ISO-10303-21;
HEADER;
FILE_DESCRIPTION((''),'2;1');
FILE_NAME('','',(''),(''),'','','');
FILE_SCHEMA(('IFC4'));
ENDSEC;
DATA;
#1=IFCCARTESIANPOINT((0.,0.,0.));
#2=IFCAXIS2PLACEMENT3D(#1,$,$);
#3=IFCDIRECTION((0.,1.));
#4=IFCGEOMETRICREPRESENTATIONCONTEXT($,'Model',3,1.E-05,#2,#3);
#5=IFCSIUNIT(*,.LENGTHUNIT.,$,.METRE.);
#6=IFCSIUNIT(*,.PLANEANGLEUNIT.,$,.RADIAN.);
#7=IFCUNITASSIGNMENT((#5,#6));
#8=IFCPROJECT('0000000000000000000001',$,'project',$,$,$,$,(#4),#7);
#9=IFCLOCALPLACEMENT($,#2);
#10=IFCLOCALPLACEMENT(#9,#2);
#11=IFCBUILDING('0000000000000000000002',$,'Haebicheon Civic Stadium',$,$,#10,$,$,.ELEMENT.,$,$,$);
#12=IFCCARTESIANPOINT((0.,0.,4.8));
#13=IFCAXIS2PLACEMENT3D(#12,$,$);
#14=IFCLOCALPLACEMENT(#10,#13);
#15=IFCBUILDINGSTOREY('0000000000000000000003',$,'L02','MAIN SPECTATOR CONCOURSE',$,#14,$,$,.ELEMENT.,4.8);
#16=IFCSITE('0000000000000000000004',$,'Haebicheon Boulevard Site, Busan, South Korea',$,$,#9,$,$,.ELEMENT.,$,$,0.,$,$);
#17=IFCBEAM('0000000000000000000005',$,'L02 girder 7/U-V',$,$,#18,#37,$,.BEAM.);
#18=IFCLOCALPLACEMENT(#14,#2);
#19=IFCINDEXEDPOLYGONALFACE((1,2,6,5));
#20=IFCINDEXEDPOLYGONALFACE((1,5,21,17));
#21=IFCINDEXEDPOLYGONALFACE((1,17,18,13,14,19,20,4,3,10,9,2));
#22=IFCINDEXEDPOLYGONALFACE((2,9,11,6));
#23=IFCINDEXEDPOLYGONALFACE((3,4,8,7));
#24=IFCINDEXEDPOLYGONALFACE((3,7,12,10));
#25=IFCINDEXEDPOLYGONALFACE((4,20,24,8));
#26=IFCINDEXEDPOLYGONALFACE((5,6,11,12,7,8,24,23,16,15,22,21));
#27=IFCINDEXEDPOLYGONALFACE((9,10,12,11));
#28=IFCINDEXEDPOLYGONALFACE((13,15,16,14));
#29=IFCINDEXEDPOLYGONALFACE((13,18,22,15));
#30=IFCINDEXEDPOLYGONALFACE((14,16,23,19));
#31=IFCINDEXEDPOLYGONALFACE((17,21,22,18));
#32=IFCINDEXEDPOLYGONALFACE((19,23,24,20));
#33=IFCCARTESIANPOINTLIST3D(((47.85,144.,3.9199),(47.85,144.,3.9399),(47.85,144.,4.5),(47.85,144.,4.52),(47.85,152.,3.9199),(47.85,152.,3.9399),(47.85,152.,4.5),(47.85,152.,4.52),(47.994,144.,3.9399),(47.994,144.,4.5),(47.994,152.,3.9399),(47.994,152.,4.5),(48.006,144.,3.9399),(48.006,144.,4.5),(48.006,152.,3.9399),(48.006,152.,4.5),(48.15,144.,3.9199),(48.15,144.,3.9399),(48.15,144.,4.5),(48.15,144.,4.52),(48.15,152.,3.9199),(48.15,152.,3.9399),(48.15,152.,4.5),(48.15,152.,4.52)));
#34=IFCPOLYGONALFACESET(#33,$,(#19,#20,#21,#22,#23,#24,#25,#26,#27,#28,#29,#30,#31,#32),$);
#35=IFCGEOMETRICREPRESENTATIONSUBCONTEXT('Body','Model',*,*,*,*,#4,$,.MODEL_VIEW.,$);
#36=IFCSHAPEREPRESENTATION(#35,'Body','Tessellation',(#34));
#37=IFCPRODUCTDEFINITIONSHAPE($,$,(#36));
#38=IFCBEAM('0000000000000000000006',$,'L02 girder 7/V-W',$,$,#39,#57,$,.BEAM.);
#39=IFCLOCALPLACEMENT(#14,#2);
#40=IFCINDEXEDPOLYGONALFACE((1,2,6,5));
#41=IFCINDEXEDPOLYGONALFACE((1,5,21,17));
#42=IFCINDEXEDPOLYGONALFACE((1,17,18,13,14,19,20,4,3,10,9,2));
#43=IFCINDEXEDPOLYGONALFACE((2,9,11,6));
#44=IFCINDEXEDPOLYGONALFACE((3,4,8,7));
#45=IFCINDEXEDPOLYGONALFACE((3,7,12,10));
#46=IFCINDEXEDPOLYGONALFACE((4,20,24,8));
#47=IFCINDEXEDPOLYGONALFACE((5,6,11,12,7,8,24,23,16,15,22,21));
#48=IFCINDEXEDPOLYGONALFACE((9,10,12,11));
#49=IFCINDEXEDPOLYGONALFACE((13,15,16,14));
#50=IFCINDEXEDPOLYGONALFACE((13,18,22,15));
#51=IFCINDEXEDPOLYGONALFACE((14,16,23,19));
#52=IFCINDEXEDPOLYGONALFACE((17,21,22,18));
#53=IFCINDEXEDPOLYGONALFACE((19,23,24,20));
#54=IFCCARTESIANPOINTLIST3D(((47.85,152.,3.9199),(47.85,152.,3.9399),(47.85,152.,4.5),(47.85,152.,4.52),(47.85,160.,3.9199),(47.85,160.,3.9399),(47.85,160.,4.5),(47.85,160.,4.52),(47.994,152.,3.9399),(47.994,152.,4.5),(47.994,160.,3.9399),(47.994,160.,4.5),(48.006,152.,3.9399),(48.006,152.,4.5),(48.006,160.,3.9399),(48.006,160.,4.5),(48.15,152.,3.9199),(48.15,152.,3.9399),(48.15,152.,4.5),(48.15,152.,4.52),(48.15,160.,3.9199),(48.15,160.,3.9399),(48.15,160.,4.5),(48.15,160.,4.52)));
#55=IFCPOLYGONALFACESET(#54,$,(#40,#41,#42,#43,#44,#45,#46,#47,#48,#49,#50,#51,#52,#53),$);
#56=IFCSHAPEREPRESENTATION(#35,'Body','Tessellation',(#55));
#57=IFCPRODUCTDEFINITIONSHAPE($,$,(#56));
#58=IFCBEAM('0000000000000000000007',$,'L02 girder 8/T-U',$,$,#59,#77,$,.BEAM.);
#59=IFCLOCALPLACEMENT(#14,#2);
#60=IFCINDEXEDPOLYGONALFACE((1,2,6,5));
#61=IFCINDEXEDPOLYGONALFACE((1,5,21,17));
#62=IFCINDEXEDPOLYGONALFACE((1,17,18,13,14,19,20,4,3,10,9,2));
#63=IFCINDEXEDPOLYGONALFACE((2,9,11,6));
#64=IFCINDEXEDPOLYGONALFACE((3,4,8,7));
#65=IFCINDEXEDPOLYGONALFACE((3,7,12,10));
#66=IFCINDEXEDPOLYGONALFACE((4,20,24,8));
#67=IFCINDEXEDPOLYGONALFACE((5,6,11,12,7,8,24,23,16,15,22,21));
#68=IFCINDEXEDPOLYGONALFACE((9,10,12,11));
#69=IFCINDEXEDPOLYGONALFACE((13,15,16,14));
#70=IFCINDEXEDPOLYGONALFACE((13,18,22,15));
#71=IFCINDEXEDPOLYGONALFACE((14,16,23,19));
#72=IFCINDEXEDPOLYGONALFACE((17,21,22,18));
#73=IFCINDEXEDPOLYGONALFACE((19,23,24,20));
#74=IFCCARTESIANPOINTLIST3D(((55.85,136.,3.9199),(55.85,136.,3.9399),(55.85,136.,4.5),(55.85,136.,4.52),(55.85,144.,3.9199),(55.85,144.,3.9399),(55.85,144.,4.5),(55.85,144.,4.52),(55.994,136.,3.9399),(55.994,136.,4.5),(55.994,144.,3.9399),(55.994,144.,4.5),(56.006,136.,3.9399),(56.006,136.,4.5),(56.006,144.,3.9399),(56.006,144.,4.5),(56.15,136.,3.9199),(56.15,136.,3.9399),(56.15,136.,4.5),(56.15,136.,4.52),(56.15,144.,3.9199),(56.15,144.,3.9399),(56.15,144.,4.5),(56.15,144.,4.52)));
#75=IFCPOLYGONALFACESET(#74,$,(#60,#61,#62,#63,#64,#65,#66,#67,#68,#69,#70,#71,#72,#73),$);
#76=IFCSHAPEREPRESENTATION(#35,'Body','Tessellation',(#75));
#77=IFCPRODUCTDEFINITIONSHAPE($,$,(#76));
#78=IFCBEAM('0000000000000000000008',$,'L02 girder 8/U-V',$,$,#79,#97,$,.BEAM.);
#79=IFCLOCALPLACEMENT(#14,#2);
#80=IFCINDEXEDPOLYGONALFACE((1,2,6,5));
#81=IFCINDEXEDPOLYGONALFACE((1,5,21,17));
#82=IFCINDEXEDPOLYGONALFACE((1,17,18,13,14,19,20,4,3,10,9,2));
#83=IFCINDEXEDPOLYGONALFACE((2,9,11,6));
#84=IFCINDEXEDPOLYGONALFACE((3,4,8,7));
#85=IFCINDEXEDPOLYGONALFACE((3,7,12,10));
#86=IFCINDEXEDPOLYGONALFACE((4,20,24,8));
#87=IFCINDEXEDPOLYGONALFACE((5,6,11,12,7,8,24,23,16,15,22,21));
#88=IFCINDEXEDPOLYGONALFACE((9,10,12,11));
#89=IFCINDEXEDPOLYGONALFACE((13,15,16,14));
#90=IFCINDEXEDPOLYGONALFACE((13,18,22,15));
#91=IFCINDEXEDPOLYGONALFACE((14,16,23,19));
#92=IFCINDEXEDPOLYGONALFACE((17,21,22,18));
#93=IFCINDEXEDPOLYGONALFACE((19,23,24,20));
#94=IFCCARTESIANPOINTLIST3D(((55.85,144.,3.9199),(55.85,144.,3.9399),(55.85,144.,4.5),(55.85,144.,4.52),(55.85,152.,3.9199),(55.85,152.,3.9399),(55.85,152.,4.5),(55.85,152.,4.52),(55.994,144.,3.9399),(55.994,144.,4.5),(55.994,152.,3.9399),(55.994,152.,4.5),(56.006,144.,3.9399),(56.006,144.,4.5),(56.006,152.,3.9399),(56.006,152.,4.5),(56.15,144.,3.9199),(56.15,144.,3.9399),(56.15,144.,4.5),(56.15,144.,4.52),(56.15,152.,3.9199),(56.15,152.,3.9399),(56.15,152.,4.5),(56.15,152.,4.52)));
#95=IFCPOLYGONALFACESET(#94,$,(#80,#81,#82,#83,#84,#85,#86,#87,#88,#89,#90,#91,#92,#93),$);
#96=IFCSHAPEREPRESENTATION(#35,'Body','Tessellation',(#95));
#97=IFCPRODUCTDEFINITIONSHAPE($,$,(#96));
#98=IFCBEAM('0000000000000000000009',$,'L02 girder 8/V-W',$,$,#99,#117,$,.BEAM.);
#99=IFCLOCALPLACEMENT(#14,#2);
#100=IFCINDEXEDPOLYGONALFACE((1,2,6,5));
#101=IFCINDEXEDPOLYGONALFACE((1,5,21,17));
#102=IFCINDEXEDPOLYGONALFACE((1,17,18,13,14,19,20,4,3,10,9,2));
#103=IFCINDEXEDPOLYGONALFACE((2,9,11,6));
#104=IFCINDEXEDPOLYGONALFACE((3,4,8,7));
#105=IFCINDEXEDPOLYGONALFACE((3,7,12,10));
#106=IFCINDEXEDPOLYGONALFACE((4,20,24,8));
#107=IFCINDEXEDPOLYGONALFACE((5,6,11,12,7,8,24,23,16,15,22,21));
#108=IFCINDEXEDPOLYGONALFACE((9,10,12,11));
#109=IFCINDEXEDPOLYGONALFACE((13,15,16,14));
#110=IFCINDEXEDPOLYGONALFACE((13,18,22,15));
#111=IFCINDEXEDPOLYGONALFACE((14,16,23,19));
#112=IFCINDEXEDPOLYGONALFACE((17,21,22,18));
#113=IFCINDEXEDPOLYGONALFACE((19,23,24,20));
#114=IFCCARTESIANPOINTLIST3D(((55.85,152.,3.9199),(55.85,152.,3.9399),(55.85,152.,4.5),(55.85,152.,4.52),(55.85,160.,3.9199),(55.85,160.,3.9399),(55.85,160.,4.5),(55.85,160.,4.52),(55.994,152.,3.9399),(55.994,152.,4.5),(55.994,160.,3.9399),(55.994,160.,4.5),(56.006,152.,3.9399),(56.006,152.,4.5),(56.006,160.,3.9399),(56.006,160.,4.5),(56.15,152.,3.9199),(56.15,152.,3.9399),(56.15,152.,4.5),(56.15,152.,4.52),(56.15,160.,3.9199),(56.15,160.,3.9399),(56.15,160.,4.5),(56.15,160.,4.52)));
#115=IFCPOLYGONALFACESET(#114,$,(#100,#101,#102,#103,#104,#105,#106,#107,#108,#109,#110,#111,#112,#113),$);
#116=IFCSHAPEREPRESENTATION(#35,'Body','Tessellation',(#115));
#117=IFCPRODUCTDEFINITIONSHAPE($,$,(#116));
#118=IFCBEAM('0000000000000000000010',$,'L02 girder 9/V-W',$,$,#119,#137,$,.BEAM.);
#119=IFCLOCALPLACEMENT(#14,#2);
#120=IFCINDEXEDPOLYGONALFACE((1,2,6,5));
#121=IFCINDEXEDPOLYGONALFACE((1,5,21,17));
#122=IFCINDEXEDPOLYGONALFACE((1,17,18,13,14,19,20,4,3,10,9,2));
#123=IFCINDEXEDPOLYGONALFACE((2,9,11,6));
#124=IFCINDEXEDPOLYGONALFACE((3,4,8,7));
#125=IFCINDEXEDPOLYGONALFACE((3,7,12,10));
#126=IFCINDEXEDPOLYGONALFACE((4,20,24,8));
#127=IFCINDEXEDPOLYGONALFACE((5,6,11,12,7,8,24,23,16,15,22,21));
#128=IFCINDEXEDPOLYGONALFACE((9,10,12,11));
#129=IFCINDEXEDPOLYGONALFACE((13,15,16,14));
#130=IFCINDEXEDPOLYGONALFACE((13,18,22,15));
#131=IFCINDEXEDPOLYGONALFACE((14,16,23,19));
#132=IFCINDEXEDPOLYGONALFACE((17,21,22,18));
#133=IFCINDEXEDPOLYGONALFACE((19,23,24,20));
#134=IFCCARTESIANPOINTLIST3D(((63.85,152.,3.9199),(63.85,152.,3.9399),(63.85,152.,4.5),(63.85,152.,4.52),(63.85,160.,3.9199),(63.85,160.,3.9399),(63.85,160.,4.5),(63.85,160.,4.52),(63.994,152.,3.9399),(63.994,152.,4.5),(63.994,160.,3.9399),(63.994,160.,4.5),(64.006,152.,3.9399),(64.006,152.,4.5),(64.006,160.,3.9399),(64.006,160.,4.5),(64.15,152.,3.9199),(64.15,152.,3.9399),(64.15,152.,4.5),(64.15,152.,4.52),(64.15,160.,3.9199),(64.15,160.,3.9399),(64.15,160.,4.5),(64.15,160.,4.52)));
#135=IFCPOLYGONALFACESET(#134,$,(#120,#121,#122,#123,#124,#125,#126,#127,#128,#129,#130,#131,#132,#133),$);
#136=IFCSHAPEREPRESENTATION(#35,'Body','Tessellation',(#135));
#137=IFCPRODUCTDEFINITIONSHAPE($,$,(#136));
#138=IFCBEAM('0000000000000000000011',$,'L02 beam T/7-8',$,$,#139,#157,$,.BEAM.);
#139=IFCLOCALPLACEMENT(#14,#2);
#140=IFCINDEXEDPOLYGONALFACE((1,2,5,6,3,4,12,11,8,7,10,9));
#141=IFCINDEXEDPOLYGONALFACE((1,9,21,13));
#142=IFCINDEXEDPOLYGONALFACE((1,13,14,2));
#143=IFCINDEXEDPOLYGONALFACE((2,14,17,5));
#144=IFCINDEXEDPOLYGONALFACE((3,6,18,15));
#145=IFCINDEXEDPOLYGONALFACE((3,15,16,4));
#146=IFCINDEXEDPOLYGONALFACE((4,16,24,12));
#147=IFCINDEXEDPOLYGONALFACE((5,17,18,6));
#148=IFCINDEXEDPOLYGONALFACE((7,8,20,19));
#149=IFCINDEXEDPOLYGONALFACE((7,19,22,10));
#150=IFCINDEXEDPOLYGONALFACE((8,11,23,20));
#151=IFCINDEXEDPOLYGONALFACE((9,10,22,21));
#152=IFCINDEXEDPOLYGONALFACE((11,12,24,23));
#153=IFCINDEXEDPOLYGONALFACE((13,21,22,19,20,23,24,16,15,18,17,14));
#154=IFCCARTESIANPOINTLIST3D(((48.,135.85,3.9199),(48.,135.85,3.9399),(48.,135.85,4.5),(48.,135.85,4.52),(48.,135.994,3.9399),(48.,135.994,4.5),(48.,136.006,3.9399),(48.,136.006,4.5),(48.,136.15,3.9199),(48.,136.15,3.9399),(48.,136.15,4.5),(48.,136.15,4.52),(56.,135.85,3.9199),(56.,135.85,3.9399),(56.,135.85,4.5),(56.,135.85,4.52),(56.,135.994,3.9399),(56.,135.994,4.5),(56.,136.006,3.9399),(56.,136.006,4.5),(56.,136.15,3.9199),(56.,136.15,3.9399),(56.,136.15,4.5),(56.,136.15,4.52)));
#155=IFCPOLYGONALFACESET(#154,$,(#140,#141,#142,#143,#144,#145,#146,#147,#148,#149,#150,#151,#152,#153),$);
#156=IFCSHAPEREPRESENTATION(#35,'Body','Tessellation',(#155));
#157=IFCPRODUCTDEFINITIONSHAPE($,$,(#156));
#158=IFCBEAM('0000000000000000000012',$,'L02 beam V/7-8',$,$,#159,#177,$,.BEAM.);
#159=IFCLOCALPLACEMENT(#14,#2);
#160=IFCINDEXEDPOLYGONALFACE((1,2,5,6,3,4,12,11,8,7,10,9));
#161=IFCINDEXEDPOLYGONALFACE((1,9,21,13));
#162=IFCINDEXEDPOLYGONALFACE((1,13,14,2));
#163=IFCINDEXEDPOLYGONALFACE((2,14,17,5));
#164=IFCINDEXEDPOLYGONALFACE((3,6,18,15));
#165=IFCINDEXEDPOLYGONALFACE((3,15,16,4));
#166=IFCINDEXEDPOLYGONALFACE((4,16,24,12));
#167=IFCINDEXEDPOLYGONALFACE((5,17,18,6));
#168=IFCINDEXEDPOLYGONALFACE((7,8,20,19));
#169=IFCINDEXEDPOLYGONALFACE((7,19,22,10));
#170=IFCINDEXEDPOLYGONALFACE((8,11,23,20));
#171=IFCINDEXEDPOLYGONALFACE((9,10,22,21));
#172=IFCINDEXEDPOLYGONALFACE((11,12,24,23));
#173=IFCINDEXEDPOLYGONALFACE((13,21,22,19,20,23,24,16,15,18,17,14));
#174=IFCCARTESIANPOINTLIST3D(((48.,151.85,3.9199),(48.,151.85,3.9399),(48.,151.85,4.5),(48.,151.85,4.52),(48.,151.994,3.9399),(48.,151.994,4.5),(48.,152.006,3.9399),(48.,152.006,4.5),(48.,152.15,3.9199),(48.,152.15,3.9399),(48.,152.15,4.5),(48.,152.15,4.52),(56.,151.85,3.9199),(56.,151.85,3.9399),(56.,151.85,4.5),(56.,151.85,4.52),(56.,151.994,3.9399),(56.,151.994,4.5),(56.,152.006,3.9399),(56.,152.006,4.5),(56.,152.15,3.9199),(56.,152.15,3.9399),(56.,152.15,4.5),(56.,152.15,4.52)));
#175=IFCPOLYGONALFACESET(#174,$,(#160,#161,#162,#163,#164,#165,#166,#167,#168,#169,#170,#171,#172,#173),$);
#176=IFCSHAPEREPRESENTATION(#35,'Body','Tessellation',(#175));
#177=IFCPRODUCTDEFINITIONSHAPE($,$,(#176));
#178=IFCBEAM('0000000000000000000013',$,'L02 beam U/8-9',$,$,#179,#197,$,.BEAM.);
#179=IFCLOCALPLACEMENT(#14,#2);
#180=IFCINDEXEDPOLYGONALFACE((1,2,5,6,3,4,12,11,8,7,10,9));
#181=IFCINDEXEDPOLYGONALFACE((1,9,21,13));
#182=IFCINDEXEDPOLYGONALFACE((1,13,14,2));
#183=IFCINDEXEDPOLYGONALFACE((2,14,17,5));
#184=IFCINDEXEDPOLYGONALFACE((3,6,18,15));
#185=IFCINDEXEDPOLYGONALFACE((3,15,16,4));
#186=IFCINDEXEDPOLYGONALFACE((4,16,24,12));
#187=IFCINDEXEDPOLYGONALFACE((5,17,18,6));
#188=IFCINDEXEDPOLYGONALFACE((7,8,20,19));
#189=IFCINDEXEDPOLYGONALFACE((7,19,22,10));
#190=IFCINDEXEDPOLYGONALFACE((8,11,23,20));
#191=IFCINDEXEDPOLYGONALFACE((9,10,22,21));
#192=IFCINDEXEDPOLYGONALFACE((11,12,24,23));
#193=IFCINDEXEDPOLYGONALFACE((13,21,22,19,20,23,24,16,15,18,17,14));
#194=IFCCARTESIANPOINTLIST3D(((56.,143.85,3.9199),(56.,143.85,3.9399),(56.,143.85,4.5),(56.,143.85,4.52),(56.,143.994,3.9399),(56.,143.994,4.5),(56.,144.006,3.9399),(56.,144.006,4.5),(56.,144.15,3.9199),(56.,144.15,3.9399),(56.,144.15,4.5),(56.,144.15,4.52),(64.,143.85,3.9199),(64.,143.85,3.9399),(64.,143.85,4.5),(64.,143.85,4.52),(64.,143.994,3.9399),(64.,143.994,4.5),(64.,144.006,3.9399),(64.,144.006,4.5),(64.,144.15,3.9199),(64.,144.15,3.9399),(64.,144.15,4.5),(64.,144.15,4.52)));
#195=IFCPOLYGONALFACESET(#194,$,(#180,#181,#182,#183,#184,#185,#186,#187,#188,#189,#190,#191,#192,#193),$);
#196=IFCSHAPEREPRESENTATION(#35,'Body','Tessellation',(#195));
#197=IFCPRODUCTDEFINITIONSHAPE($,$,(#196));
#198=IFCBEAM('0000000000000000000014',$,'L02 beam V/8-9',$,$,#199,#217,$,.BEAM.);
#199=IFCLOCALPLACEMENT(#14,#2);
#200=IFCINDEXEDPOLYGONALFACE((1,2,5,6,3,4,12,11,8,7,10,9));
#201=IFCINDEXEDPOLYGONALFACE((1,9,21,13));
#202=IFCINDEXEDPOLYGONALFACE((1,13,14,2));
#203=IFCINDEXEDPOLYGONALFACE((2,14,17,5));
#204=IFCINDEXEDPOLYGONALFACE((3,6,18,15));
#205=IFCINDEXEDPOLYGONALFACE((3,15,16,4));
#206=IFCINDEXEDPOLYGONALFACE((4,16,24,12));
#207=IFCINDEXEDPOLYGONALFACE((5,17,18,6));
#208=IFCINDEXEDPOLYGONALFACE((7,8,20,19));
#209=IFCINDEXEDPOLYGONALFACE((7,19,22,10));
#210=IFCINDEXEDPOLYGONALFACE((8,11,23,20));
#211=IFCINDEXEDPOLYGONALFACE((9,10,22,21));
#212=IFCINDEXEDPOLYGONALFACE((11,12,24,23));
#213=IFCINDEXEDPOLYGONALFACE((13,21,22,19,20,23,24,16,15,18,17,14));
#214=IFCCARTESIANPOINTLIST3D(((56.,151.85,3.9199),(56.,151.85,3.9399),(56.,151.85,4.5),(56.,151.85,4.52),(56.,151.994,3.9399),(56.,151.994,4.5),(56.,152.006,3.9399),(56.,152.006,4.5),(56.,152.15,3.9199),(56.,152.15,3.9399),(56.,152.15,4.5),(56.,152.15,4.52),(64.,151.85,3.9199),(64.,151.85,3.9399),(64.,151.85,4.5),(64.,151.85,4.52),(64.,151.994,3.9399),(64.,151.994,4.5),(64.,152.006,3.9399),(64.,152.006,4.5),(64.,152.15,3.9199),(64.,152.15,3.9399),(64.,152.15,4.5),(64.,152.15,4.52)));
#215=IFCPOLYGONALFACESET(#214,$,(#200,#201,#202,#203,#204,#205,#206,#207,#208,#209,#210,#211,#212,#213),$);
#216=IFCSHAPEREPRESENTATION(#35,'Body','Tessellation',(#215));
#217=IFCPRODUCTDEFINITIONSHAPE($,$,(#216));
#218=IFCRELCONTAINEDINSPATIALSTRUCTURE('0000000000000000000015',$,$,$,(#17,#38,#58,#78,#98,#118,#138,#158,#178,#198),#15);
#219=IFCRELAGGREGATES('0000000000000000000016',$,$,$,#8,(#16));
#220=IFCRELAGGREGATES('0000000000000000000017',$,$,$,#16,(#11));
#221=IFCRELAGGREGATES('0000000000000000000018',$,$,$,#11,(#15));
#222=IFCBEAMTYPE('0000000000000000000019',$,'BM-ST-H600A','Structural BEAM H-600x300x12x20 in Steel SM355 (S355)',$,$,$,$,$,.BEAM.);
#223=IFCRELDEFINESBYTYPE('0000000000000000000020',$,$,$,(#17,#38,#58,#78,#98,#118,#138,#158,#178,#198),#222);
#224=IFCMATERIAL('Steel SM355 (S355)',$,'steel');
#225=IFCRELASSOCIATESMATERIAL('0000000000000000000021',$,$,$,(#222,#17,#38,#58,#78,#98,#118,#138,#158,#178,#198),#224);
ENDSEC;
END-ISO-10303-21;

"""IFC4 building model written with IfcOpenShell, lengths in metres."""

from ifc_helpers import new_model, si_unit, direction, frame, origin, origin_2d, place, context, subcontext, project, spatial, i_section, extrude, material, material_profile, profile_set, type_object, element, save


model = new_model("IFC4")

# Units and contexts
model_context = context("Model", 3, precision=1e-05, world=origin(), true_north=direction((0.0, 1.0)))
body_context = subcontext(model_context, "Body", "Model", "MODEL_VIEW")
ifc_project = project(units=[si_unit("LENGTHUNIT", "METRE"), si_unit("PLANEANGLEUNIT", "RADIAN")], contexts=[model_context])

# Site, building, storey
site_placement = place(None, origin())
site = spatial("IfcSite", under=ifc_project, at=site_placement, Name="Haebicheon Boulevard Site, Busan, South Korea", CompositionType="ELEMENT", RefElevation=0.0)
building_placement = place(site_placement, origin())
building = spatial("IfcBuilding", under=site, at=building_placement, Name="Haebicheon Civic Stadium", CompositionType="ELEMENT")
storey_placement = place(building_placement, frame((0.0, 0.0, 4.8)))
storey = spatial("IfcBuildingStorey", under=building, at=storey_placement, Name="L02", Description="MAIN SPECTATOR CONCOURSE", CompositionType="ELEMENT", Elevation=4.8)

# Beams
ifc_material_1 = material(Name="Steel SM355 (S355)", Category="steel")
ifc_material_profile_1 = material_profile(ifc_material_1, i_section(OverallWidth=0.3, OverallDepth=0.6001, WebThickness=0.012, FlangeThickness=0.02, at=origin_2d()), Name="H-600x300x12x20")
ifc_profile_set_1 = profile_set([ifc_material_profile_1], Name="Steel SM355 (S355)")
beam_type_1 = type_object("IfcBeamType", Name="BM-ST-H600A", Description="Structural BEAM H-600x300x12x20 in Steel SM355 (S355)", PredefinedType="BEAM", material=ifc_profile_set_1)
for number, where, z_axis, x_axis, name in (
    (1, (48.0, 144.0, 4.22), (0.0, 1.0, 0.0), (-1.0, 0.0, 0.0), "L02 girder 7/U-V"),
    (2, (48.0, 152.0, 4.22), (0.0, 1.0, 0.0), (-1.0, 0.0, 0.0), "L02 girder 7/V-W"),
    (3, (56.0, 136.0, 4.22), (0.0, 1.0, 0.0), (-1.0, 0.0, 0.0), "L02 girder 8/T-U"),
    (4, (56.0, 144.0, 4.22), (0.0, 1.0, 0.0), (-1.0, 0.0, 0.0), "L02 girder 8/U-V"),
    (5, (56.0, 152.0, 4.22), (0.0, 1.0, 0.0), (-1.0, 0.0, 0.0), "L02 girder 8/V-W"),
    (6, (64.0, 152.0, 4.22), (0.0, 1.0, 0.0), (-1.0, 0.0, 0.0), "L02 girder 9/V-W"),
    (7, (48.0, 136.0, 4.22), (1.0, 0.0, 0.0), (0.0, 1.0, 0.0), "L02 beam T/7-8"),
    (8, (48.0, 152.0, 4.22), (1.0, 0.0, 0.0), (0.0, 1.0, 0.0), "L02 beam V/7-8"),
    (9, (56.0, 144.0, 4.22), (1.0, 0.0, 0.0), (0.0, 1.0, 0.0), "L02 beam U/8-9"),
    (10, (56.0, 152.0, 4.22), (1.0, 0.0, 0.0), (0.0, 1.0, 0.0), "L02 beam V/8-9"),
):
    element("IfcBeam", number, at=place(storey_placement, frame(where, z_axis=z_axis, x_axis=x_axis)), inside=storey, type_object=beam_type_1, material=ifc_profile_set_1, Name=name, PredefinedType="BEAM", context=body_context, shape_type="SweptSolid", body=[
        extrude(i_section(OverallWidth=0.3, OverallDepth=0.6001, WebThickness=0.012, FlangeThickness=0.02, at=origin_2d()), origin(), (0.0, 0.0, 1.0), 8.0),
    ])

save(model, "model.ifc")
